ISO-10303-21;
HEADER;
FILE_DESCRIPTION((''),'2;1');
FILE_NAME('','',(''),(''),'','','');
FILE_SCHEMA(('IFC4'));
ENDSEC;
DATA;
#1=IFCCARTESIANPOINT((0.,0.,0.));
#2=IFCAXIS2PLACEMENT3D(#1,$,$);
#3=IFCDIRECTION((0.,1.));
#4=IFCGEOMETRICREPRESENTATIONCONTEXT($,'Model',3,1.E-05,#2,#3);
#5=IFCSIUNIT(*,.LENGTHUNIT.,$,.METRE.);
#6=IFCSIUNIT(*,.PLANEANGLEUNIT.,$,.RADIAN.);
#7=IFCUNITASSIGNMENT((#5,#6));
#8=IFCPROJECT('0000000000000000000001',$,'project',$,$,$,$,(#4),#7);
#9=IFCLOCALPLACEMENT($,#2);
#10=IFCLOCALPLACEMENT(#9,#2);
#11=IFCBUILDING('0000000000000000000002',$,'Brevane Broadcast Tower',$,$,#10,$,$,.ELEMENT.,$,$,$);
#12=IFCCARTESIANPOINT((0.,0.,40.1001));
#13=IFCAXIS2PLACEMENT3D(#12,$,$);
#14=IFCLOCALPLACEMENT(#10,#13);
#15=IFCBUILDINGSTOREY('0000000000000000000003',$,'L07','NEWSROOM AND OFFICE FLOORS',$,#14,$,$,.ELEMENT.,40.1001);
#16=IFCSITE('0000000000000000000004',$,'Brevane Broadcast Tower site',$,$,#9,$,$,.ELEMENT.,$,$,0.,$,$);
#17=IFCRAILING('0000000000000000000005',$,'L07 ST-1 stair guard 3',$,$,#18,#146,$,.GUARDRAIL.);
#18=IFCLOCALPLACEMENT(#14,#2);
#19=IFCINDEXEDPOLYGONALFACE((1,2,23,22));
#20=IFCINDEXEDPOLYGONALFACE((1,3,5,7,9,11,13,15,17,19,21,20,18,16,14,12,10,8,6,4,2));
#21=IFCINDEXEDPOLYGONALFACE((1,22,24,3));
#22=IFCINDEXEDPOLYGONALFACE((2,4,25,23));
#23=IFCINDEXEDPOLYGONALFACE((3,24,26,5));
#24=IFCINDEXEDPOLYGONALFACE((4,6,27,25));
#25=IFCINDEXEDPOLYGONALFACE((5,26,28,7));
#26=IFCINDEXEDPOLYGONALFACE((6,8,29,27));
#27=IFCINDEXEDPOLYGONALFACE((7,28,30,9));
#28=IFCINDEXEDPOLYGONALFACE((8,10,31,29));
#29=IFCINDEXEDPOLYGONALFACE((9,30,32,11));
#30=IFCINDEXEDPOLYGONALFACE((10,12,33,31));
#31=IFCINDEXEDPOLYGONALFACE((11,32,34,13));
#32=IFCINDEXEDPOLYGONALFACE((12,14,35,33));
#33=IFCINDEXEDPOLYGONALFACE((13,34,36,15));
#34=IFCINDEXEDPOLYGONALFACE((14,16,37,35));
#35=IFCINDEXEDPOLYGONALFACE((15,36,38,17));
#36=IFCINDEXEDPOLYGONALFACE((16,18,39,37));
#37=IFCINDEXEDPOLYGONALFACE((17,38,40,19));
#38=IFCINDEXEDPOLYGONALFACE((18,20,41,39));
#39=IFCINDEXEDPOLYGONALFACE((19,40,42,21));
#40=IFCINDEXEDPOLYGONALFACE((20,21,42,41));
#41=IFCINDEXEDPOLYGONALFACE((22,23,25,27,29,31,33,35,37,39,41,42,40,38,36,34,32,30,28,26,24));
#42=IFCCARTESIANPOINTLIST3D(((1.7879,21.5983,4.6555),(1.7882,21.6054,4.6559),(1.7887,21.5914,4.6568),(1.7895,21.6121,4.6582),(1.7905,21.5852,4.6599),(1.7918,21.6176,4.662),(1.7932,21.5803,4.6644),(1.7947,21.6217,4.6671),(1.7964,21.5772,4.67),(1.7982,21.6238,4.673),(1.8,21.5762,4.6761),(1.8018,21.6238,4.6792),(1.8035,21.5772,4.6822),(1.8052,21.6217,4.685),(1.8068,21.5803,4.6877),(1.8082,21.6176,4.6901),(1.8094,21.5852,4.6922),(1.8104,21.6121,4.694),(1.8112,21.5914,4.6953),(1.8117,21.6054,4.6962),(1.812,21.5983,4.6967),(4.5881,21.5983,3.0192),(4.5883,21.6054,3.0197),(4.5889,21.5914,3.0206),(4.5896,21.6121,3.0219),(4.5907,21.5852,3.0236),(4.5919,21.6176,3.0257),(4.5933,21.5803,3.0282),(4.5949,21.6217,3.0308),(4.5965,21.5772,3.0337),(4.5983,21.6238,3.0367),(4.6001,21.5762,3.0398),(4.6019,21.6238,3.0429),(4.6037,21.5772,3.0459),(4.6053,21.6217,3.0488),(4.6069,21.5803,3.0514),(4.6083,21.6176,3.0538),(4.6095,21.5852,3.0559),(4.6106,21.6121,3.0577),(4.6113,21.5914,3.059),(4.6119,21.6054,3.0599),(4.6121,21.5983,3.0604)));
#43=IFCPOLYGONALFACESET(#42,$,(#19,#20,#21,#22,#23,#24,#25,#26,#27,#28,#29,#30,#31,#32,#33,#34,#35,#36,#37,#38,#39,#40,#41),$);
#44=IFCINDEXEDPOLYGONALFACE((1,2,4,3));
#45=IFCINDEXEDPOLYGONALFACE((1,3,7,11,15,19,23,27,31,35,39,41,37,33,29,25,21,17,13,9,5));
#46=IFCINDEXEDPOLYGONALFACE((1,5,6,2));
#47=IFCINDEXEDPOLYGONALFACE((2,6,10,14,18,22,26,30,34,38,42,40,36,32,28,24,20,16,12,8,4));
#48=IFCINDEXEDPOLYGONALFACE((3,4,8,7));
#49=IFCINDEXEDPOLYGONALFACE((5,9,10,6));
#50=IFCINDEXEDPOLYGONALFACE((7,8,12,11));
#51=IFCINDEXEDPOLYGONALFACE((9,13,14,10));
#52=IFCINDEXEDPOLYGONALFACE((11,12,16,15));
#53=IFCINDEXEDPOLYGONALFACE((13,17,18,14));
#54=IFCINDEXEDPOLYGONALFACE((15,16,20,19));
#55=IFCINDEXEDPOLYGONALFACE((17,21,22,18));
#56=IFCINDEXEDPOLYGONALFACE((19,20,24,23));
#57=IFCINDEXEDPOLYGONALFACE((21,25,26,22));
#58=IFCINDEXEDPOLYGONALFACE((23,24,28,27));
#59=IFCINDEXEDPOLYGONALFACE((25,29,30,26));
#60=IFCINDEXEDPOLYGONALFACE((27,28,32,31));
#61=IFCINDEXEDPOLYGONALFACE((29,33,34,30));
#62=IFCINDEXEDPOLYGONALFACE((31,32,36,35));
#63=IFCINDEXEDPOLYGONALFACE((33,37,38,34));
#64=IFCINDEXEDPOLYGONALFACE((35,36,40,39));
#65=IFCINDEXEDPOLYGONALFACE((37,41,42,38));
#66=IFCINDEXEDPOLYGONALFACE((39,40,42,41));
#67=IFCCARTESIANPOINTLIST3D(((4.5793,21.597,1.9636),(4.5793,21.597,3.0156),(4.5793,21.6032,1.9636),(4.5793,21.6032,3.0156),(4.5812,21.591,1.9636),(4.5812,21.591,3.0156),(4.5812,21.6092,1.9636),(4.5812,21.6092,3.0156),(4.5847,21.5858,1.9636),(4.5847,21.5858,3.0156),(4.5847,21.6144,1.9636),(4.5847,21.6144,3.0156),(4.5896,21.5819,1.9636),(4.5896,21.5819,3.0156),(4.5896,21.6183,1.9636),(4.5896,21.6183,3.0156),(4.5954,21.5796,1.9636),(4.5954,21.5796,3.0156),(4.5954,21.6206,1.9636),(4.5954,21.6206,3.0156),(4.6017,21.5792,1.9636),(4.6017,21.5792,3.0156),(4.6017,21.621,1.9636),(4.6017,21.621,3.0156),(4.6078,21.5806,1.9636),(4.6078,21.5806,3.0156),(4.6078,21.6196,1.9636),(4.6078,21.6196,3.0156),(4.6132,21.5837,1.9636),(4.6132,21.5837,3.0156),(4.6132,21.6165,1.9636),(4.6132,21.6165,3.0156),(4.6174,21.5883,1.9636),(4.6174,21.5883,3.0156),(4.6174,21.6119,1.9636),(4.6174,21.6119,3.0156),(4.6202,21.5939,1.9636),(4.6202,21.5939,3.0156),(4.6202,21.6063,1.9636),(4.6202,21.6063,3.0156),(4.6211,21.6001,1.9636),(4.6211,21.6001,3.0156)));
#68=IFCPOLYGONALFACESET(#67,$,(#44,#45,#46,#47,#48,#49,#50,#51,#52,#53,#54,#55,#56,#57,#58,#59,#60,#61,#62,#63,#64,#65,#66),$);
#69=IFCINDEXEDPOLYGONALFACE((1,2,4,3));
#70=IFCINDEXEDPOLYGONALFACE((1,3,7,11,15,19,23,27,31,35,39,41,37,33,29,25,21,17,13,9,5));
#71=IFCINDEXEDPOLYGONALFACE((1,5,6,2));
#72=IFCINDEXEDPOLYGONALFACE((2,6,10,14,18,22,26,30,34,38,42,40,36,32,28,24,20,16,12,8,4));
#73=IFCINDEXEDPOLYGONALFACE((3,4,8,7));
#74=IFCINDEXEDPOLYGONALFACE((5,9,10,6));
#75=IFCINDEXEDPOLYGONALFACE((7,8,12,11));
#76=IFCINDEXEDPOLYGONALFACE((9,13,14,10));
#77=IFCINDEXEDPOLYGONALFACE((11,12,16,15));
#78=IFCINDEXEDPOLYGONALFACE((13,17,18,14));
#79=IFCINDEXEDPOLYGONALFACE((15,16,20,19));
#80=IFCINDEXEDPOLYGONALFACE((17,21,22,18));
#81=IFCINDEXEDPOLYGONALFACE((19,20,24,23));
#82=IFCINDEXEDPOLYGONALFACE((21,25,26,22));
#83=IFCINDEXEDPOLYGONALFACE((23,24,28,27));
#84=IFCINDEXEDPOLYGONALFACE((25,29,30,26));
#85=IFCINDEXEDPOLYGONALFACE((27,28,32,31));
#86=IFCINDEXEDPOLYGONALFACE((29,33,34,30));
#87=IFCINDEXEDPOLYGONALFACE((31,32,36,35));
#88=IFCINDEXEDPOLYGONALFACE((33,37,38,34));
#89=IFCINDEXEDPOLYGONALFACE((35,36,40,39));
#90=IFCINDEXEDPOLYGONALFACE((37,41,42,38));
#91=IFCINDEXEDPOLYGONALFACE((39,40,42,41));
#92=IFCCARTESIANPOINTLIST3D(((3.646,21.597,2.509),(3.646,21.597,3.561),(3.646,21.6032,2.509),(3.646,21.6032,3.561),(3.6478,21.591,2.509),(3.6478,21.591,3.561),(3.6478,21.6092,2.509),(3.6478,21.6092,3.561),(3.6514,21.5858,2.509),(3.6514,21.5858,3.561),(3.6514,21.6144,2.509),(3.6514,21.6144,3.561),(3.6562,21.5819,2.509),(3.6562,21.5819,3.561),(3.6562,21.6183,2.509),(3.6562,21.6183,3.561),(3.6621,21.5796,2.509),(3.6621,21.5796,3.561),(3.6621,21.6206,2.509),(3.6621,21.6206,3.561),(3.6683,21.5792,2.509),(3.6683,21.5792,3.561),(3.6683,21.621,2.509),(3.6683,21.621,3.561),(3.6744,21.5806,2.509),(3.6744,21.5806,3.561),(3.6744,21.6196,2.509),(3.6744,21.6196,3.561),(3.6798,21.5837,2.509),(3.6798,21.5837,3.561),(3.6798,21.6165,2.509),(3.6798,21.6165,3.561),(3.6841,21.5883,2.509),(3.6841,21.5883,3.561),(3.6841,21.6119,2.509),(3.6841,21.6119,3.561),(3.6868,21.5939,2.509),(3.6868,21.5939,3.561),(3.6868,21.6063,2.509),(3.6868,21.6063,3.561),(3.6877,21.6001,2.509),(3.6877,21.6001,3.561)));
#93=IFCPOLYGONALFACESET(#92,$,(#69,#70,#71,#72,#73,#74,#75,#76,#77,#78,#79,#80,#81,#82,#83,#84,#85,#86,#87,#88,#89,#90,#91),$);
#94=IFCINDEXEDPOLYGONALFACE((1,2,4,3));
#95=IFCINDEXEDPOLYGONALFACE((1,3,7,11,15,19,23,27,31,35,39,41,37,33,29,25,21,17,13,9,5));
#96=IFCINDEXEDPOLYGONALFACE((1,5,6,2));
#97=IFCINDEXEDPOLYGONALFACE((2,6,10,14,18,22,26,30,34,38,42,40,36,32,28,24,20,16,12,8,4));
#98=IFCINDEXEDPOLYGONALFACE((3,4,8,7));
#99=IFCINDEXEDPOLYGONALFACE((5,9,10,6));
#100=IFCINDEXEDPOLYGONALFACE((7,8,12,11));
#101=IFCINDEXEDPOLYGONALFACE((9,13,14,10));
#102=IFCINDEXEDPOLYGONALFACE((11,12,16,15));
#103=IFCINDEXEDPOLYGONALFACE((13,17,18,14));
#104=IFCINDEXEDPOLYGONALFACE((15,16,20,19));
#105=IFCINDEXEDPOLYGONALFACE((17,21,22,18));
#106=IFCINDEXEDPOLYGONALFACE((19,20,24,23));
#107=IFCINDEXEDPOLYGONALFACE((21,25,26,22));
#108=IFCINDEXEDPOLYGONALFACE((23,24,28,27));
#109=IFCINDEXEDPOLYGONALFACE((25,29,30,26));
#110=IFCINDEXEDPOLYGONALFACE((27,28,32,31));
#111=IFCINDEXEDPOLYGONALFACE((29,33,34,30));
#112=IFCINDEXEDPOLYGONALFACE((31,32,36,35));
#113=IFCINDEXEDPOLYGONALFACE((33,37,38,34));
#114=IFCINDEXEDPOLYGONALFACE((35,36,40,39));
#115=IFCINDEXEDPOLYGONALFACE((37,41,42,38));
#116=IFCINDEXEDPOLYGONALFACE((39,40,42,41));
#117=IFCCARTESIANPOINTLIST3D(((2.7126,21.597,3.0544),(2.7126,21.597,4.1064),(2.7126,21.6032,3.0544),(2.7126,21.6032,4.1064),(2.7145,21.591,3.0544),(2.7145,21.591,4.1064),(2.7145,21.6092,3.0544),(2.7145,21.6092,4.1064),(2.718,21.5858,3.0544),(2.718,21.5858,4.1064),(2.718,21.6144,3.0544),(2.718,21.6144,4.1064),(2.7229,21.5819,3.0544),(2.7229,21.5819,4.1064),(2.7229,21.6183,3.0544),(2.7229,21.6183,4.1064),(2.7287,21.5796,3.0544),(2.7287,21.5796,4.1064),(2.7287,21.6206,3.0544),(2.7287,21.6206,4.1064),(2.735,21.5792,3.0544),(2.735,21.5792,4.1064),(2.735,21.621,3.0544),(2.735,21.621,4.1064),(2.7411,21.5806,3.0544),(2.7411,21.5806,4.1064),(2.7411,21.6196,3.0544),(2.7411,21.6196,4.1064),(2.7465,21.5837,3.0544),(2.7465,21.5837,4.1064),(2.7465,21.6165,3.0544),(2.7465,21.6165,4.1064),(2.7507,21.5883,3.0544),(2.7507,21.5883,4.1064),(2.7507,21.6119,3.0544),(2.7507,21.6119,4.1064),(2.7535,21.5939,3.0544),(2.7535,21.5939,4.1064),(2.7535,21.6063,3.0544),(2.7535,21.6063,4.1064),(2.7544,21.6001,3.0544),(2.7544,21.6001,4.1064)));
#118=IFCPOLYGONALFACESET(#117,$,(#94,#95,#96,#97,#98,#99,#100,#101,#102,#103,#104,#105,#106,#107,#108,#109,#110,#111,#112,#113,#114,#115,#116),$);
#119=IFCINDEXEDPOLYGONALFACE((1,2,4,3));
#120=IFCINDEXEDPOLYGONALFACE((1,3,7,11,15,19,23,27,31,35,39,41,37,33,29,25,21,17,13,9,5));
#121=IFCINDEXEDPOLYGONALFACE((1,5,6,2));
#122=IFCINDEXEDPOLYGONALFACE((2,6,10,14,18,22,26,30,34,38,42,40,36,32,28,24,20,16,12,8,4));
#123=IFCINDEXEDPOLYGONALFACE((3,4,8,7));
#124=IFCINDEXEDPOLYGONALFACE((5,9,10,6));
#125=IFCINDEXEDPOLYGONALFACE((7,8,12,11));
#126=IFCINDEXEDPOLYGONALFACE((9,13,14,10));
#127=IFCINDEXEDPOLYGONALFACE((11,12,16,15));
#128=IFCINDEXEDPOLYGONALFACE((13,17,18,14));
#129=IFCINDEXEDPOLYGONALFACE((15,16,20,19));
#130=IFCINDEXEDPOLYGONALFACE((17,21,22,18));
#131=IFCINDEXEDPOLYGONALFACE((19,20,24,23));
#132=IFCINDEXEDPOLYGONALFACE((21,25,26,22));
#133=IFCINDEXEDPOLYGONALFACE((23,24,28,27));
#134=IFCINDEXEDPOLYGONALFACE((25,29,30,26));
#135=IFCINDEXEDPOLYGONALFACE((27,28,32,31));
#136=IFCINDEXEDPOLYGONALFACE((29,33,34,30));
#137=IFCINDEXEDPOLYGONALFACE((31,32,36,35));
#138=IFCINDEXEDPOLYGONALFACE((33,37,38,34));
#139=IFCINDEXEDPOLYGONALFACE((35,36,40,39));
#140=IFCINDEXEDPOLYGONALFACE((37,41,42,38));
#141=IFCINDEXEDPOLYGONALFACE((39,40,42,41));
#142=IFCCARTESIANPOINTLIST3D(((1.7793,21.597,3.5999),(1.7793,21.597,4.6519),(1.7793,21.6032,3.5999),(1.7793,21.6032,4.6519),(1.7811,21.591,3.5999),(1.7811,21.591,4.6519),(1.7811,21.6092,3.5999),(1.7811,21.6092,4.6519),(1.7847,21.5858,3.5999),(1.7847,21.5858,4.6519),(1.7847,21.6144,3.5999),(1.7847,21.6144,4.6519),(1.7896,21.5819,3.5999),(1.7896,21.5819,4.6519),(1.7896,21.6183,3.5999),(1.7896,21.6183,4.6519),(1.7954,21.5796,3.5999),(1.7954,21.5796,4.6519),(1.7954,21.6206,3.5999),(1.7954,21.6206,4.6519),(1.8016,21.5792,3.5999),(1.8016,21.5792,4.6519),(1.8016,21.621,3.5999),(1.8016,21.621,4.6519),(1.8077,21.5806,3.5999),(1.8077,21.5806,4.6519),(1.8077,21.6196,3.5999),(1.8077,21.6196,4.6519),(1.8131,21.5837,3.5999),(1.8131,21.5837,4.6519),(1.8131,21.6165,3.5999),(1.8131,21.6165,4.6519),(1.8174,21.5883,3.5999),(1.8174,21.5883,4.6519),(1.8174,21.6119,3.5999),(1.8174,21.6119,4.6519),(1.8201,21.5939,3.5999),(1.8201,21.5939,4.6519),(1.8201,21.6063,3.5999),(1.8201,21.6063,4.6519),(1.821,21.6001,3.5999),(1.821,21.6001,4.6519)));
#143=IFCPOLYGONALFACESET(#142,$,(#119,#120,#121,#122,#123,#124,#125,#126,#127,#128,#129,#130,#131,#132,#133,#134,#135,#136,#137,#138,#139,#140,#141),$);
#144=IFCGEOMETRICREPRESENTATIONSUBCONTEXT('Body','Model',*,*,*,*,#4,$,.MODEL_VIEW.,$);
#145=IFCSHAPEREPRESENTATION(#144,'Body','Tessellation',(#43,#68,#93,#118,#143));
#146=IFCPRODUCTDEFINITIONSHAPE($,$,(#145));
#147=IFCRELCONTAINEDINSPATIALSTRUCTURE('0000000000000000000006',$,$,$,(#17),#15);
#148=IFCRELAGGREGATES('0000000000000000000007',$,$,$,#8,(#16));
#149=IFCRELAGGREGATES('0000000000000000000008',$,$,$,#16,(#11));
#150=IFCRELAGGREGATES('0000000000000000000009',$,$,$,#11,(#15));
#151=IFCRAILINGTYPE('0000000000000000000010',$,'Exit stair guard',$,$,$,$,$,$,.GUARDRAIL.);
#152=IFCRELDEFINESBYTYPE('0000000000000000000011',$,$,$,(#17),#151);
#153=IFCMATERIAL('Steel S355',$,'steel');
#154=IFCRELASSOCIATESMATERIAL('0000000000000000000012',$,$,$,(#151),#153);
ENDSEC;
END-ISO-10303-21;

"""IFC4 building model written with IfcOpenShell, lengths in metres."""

from ifc_helpers import new_model, si_unit, direction, frame, origin, origin_2d, place, context, subcontext, project, spatial, circle, extrude, material, type_object, element, save


model = new_model("IFC4")

# Units and contexts
model_context = context("Model", 3, precision=1e-05, world=origin(), true_north=direction((0.0, 1.0)))
body_context = subcontext(model_context, "Body", "Model", "MODEL_VIEW")
ifc_project = project(units=[si_unit("LENGTHUNIT", "METRE"), si_unit("PLANEANGLEUNIT", "RADIAN")], contexts=[model_context])

# Site, building, storey
site_placement = place(None, origin())
site = spatial("IfcSite", under=ifc_project, at=site_placement, Name="Brevane Broadcast Tower site", CompositionType="ELEMENT", RefElevation=0.0)
building_placement = place(site_placement, origin())
building = spatial("IfcBuilding", under=site, at=building_placement, Name="Brevane Broadcast Tower", CompositionType="ELEMENT")
storey_placement = place(building_placement, frame((0.0, 0.0, 40.1001)))
storey = spatial("IfcBuildingStorey", under=building, at=storey_placement, Name="L07", Description="NEWSROOM AND OFFICE FLOORS", CompositionType="ELEMENT", Elevation=40.1001)

# Railing
ifc_material_1 = material(Name="Steel S355", Category="steel")
railing_type_1 = type_object("IfcRailingType", Name="Exit stair guard", PredefinedType="GUARDRAIL", material=ifc_material_1)
railing_1_placement = place(storey_placement, frame((4.6001, 21.6001, 1.9636)))
element("IfcRailing", 1, at=railing_1_placement, inside=storey, type_object=railing_type_1, Name="L07 ST-1 stair guard 3", PredefinedType="GUARDRAIL", context=body_context, shape_type="SweptSolid", body=[
    extrude(circle(Radius=0.0239, at=origin_2d()), frame((0.0, 0.0, 1.0762), z_axis=(-0.863394, 0.0, 0.504531), x_axis=(0.0, -1.0, 0.0)), (0.0, 0.0, 1.0), 3.2432),
    extrude(circle(Radius=0.021, at=origin_2d()), origin(), (0.0, 0.0, 1.0), 1.052),
    extrude(circle(Radius=0.021, at=origin_2d()), frame((-0.9333, 0.0, 0.5454)), (0.0, 0.0, 1.0), 1.052),
    extrude(circle(Radius=0.021, at=origin_2d()), frame((-1.8667, 0.0, 1.0908)), (0.0, 0.0, 1.0), 1.052),
    extrude(circle(Radius=0.021, at=origin_2d()), frame((-2.8, 0.0, 1.6362)), (0.0, 0.0, 1.0), 1.052),
])

save(model, "model.ifc")
